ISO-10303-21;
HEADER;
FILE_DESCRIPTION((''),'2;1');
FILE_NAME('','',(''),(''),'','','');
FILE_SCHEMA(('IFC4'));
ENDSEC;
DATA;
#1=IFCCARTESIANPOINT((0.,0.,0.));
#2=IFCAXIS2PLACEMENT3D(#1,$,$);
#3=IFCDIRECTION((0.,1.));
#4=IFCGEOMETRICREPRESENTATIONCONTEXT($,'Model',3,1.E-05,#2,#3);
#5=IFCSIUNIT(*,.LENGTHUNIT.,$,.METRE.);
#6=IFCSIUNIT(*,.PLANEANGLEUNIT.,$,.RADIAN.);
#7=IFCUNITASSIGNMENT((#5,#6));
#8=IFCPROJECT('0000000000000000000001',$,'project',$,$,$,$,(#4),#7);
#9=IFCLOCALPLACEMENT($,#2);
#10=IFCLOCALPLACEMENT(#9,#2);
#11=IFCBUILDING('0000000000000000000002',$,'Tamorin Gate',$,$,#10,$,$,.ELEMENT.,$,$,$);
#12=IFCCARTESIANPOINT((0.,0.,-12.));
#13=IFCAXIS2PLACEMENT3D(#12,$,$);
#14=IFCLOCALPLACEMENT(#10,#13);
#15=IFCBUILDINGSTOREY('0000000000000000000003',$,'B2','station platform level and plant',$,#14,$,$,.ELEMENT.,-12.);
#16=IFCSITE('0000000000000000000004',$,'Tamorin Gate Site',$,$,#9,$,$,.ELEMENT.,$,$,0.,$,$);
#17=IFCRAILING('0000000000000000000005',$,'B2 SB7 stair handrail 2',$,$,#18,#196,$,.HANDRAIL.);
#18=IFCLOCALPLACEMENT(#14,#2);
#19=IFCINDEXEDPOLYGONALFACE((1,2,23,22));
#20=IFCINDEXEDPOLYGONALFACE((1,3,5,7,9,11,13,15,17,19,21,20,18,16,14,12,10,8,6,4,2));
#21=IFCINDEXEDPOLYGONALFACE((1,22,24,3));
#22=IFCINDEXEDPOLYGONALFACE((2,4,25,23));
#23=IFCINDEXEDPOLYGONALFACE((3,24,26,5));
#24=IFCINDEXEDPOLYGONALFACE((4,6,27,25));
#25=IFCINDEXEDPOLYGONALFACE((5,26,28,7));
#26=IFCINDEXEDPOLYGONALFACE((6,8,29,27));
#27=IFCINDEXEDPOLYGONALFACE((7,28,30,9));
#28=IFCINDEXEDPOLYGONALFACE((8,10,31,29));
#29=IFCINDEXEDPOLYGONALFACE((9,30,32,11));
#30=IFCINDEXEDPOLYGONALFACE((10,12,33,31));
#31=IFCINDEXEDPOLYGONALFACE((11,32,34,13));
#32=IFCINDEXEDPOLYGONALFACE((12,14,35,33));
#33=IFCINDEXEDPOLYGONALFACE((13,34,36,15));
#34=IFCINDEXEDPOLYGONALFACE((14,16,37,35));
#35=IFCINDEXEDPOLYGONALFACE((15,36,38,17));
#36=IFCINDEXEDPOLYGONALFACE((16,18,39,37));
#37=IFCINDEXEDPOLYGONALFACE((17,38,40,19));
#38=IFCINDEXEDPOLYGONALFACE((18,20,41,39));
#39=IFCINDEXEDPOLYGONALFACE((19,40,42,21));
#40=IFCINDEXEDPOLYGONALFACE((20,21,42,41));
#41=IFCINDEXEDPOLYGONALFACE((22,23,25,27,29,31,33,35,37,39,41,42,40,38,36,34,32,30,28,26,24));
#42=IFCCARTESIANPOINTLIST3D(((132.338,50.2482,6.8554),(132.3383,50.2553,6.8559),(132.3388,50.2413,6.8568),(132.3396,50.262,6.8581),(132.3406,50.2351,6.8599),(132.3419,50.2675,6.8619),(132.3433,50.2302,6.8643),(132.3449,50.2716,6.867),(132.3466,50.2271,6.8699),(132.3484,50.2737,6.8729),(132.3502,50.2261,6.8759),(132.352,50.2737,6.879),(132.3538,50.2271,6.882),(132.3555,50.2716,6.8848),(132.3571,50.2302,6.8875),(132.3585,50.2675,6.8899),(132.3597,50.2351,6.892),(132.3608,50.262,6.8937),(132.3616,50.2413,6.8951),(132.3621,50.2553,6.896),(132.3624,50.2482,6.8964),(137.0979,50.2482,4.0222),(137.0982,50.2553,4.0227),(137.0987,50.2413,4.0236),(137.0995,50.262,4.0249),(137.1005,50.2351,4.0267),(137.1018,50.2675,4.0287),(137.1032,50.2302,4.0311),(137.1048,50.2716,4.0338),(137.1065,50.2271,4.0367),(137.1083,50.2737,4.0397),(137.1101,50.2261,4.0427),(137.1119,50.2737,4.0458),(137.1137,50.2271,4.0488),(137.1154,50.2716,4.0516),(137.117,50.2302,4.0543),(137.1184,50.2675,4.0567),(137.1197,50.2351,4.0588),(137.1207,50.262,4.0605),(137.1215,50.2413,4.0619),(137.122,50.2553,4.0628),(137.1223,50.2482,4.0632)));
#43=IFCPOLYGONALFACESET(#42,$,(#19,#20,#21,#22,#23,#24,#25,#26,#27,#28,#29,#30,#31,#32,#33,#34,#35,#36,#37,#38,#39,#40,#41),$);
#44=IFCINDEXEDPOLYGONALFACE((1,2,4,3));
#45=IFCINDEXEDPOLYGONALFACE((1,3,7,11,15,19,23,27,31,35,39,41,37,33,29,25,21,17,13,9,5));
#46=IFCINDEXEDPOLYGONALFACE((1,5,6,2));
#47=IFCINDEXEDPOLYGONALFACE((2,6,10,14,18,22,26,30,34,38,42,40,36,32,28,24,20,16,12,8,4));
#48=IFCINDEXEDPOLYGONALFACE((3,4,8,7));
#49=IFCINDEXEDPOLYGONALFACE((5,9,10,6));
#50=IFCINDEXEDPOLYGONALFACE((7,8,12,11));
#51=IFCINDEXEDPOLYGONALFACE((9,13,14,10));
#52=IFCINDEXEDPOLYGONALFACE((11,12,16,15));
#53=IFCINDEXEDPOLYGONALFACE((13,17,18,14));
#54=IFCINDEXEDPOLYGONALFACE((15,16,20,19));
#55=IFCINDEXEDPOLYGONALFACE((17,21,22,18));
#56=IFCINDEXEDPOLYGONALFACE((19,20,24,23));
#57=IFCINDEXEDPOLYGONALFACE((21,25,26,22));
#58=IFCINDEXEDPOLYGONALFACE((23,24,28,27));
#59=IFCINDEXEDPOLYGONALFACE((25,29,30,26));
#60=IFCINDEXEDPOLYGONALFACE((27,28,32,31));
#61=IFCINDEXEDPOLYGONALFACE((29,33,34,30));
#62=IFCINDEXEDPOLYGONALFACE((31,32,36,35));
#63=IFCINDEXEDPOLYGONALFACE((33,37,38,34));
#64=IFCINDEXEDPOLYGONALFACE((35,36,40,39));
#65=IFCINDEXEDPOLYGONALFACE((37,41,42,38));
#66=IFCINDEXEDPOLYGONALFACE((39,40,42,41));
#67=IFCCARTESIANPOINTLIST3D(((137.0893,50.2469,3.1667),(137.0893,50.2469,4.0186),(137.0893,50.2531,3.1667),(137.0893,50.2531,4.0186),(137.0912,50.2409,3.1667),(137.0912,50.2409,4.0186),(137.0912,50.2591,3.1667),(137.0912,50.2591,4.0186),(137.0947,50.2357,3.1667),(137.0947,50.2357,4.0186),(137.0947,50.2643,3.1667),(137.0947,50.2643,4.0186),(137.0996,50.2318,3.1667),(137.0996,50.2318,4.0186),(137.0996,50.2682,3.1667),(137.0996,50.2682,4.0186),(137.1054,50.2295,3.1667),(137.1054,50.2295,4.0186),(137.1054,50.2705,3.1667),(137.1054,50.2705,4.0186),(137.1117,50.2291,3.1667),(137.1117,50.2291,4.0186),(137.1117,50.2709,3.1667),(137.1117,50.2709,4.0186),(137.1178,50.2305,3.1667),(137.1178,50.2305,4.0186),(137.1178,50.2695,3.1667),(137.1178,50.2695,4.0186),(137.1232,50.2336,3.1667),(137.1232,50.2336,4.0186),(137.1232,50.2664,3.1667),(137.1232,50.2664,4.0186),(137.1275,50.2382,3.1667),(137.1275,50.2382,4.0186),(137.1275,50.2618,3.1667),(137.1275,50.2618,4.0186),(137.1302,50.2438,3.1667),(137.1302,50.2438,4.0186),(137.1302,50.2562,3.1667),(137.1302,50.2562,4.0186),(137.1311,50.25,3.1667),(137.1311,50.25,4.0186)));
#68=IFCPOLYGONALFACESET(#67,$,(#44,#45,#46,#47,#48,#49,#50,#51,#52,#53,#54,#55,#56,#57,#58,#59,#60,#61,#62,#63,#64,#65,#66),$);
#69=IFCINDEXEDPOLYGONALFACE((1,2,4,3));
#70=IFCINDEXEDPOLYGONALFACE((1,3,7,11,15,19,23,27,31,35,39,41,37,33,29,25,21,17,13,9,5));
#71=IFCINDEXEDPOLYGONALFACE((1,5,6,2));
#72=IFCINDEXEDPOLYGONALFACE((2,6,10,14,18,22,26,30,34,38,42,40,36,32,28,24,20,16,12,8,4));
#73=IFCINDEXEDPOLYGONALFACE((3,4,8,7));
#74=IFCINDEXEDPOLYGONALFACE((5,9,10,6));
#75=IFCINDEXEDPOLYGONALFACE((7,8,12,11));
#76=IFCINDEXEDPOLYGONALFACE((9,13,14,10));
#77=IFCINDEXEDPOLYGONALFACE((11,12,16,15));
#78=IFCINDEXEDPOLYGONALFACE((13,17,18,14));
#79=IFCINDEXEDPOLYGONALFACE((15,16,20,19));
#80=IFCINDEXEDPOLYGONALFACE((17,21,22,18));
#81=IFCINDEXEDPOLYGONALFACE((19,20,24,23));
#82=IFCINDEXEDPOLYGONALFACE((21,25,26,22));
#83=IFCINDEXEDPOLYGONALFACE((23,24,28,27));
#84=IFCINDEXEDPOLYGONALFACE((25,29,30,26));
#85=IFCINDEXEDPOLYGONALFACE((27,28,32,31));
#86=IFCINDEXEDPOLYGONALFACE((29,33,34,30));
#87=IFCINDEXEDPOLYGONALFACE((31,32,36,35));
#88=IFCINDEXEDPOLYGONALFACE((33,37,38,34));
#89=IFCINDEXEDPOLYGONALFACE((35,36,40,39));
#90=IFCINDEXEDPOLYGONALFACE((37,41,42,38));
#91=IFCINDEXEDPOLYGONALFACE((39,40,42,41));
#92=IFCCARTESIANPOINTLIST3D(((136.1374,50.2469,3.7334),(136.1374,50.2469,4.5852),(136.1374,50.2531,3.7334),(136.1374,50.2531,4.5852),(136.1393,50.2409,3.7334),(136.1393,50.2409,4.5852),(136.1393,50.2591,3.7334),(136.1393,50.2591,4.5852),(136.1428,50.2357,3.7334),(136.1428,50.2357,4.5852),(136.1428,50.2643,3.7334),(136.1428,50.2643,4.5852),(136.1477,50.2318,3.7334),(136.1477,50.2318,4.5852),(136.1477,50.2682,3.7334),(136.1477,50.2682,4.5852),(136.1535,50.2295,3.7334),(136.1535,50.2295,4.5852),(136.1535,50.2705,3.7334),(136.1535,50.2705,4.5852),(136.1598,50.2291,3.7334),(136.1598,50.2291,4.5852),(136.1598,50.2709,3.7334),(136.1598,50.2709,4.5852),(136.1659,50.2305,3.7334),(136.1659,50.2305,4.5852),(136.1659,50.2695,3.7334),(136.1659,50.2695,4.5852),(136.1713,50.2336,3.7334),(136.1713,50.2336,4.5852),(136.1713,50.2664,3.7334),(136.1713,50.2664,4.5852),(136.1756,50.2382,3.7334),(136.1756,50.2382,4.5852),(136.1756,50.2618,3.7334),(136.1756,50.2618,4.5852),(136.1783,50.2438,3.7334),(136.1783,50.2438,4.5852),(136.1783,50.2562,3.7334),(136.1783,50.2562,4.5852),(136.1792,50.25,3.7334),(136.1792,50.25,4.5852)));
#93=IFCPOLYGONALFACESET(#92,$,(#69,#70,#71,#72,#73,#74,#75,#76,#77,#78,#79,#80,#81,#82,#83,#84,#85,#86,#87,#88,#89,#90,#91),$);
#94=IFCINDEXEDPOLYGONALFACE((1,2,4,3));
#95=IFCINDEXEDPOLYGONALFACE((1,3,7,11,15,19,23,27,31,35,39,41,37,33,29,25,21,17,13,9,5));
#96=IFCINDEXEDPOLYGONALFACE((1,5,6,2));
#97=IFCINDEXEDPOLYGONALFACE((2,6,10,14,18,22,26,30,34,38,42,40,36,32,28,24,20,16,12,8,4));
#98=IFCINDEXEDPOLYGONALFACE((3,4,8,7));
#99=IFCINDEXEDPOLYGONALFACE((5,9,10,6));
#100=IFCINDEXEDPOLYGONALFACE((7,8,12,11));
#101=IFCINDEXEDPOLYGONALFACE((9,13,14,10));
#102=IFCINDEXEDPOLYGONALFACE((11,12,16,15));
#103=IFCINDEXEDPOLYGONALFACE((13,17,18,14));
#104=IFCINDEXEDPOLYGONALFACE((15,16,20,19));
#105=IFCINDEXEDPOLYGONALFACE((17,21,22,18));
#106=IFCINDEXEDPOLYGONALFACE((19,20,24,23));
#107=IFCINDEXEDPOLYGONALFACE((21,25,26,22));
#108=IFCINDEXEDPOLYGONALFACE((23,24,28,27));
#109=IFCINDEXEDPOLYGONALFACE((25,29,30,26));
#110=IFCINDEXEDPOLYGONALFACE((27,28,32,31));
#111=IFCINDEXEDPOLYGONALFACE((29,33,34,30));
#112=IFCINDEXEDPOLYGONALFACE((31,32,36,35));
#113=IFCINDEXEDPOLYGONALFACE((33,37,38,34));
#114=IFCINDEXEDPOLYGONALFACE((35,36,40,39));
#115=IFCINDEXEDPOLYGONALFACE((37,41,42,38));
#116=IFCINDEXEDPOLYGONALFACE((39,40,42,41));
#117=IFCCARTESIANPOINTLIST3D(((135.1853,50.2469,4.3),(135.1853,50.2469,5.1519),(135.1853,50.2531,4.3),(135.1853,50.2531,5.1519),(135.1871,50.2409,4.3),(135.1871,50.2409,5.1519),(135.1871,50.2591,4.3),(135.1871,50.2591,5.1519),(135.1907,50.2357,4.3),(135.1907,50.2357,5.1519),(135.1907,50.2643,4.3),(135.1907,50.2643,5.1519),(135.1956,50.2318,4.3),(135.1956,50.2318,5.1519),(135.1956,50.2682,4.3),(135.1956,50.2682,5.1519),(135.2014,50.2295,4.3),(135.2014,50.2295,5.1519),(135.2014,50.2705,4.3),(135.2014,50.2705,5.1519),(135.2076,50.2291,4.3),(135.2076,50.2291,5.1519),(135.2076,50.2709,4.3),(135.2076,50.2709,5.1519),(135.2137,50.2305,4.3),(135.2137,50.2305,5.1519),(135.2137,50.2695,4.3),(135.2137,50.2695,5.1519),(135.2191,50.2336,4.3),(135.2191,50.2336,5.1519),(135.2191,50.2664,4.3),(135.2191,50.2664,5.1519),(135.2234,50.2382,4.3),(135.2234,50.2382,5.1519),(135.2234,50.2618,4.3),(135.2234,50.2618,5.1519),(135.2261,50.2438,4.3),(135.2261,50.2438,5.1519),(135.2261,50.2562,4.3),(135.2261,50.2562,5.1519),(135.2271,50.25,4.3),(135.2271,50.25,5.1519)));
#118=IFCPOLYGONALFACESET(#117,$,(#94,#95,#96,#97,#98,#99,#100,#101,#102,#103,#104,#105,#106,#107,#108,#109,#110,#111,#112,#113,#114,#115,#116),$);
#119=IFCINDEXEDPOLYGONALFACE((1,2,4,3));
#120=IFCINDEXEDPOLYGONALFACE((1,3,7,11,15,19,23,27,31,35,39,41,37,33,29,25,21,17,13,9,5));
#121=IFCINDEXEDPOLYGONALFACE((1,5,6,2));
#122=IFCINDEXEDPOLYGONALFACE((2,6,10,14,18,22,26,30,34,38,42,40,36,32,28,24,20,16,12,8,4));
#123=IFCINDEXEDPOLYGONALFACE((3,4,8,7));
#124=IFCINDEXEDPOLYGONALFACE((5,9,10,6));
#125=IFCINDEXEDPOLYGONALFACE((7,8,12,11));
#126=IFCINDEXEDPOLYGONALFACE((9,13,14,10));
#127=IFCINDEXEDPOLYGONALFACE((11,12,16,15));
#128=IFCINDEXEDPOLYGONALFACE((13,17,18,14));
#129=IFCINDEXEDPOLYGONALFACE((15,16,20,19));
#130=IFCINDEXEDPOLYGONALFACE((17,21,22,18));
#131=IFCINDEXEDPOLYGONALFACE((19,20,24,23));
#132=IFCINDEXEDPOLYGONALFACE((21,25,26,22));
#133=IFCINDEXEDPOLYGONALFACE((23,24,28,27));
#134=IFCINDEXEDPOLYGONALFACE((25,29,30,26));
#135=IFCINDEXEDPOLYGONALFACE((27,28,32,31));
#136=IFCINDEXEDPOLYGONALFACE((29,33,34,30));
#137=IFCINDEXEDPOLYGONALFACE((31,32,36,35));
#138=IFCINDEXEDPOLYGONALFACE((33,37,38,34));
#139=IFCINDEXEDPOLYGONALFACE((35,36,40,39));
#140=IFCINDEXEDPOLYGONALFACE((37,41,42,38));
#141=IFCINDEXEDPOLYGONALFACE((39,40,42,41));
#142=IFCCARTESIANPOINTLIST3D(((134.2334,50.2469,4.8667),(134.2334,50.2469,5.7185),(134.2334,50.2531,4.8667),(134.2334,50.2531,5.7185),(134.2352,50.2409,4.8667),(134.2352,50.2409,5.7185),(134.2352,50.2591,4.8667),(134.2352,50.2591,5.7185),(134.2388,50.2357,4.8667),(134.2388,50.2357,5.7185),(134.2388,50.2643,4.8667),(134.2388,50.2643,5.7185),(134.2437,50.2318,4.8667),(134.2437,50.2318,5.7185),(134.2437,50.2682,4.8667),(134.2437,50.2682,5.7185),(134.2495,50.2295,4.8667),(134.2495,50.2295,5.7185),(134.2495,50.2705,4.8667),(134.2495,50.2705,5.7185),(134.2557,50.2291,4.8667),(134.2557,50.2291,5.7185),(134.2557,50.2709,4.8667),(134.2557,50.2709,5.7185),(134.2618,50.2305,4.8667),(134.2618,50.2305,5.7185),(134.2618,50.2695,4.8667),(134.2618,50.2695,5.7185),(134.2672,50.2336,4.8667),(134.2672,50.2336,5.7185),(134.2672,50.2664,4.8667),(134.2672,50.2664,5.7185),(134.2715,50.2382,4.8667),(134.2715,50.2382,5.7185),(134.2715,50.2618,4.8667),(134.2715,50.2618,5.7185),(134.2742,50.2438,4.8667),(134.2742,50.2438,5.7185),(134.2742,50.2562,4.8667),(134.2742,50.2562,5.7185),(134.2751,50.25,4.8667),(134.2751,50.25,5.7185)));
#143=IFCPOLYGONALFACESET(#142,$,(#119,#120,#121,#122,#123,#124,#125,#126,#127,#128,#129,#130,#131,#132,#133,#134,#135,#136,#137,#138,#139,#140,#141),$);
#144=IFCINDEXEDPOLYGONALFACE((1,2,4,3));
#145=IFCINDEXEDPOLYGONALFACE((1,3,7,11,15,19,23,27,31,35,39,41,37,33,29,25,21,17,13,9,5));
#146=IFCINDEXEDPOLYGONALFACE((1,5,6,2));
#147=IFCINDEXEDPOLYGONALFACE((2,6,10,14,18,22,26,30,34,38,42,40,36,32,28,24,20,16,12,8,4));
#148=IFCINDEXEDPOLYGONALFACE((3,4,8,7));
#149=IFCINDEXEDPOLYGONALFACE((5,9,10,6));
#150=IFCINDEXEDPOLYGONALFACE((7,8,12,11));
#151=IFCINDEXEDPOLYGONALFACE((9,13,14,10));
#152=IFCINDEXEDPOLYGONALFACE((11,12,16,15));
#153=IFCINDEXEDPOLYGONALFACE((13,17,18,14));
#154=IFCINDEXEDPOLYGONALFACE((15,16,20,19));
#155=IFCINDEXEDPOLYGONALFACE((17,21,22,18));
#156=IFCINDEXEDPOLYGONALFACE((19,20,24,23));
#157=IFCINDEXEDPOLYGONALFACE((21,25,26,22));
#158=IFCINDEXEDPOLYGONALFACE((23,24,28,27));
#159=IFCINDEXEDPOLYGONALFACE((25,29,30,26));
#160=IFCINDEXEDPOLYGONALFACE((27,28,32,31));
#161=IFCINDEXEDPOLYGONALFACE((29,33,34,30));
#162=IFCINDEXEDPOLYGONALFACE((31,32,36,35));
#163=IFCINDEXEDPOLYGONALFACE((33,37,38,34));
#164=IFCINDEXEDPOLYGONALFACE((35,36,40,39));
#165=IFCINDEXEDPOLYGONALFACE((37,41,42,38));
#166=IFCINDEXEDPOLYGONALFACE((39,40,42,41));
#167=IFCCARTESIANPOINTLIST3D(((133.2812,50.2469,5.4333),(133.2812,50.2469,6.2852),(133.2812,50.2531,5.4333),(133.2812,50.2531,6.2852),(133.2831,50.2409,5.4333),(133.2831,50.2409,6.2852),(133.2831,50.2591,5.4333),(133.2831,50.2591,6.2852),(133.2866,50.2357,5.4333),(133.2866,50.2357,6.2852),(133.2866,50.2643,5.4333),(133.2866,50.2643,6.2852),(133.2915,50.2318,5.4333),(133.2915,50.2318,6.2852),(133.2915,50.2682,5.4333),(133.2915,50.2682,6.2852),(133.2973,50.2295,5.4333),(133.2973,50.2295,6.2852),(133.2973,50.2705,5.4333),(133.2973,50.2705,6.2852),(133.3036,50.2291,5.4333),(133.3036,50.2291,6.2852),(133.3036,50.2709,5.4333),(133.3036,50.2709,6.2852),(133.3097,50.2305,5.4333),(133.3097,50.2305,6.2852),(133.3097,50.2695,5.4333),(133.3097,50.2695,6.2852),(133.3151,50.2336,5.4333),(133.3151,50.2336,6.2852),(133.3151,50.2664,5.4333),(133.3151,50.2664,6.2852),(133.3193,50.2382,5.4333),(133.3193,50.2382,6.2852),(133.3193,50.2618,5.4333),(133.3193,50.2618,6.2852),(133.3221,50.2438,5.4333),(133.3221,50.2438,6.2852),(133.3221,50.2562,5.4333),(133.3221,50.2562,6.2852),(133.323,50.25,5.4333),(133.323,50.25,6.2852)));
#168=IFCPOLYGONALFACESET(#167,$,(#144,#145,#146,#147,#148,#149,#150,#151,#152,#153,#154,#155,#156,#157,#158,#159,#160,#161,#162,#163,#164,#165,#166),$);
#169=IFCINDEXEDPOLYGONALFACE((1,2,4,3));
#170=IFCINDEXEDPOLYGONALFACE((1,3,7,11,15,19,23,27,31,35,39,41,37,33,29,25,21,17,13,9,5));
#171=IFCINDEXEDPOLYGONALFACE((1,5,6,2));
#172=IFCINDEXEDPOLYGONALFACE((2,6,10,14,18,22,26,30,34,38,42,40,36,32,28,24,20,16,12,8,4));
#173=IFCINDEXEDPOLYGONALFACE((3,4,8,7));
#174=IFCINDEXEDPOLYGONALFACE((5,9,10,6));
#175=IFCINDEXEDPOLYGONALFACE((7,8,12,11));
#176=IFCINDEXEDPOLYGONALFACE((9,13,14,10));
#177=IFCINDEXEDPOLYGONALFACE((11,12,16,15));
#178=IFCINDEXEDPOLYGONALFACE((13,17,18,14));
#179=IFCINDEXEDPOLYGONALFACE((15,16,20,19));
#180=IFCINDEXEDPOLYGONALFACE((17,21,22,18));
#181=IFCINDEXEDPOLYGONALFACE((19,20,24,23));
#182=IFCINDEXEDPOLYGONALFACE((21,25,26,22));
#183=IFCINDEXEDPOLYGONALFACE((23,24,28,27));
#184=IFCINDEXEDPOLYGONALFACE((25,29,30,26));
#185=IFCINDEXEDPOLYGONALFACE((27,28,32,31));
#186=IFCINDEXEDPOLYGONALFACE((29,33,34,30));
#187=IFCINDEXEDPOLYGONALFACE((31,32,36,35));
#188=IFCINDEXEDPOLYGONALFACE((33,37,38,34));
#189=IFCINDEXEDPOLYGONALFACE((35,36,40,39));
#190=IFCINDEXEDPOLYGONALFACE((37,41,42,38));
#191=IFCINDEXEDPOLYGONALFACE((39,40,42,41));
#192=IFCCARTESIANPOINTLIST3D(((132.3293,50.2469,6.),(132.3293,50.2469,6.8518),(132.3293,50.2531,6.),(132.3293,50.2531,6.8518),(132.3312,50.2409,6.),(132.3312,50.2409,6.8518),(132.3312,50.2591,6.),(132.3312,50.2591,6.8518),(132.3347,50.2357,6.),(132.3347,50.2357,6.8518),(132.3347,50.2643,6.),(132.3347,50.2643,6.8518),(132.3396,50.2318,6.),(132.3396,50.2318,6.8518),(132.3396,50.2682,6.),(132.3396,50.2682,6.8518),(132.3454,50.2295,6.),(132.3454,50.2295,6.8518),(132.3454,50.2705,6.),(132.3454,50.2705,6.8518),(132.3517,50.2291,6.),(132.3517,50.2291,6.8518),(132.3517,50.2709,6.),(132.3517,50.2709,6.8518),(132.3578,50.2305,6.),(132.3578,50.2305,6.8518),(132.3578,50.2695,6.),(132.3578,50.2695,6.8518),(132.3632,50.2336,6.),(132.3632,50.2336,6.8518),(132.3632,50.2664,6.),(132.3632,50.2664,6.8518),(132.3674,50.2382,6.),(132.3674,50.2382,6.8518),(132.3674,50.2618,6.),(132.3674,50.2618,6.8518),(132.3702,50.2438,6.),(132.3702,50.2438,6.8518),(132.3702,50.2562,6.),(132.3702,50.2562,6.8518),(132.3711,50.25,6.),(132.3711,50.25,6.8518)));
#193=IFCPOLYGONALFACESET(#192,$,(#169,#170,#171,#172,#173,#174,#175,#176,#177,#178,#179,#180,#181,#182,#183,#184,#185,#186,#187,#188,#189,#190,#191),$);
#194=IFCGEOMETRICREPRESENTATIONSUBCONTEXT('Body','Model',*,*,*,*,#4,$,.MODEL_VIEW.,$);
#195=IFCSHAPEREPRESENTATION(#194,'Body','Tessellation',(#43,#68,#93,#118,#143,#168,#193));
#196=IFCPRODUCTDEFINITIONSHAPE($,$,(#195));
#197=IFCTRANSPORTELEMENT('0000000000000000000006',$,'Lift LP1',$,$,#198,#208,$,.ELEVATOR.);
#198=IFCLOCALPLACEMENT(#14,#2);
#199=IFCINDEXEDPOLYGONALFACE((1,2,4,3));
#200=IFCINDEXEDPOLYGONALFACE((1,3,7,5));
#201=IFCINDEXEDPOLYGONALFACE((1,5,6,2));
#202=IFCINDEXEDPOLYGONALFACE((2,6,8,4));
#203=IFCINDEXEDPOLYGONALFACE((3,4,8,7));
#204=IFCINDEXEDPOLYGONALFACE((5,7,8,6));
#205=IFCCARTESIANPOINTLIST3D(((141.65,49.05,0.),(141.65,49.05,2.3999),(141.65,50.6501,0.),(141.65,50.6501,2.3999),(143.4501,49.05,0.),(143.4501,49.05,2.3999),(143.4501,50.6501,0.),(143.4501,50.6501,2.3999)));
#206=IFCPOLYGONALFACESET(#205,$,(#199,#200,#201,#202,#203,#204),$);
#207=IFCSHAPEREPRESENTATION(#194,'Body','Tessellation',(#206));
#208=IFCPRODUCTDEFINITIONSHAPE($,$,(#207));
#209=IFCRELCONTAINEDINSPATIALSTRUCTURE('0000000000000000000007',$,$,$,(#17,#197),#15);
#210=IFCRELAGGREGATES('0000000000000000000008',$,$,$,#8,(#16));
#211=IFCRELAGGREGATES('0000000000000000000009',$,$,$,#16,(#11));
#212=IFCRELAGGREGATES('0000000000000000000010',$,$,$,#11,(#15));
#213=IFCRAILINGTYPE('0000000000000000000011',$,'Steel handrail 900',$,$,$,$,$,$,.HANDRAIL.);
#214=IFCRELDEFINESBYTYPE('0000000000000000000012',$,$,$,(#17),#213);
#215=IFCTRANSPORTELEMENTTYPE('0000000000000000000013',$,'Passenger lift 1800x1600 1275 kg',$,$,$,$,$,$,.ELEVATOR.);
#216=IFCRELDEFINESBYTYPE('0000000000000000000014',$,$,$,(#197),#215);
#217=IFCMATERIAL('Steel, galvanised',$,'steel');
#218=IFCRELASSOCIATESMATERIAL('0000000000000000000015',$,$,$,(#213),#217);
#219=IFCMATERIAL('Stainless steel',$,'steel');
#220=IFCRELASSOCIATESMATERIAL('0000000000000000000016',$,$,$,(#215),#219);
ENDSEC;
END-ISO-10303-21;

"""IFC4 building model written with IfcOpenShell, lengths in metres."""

from ifc_helpers import new_model, si_unit, direction, frame, origin, origin_2d, place, context, subcontext, project, spatial, rectangle, circle, extrude, material, type_object, element, save


model = new_model("IFC4")

# Units and contexts
model_context = context("Model", 3, precision=1e-05, world=origin(), true_north=direction((0.0, 1.0)))
body_context = subcontext(model_context, "Body", "Model", "MODEL_VIEW")
ifc_project = project(units=[si_unit("LENGTHUNIT", "METRE"), si_unit("PLANEANGLEUNIT", "RADIAN")], contexts=[model_context])

# Site, building, storey
site_placement = place(None, origin())
site = spatial("IfcSite", under=ifc_project, at=site_placement, Name="Tamorin Gate Site", CompositionType="ELEMENT", RefElevation=0.0)
building_placement = place(site_placement, origin())
building = spatial("IfcBuilding", under=site, at=building_placement, Name="Tamorin Gate", CompositionType="ELEMENT")
storey_placement = place(building_placement, frame((0.0, 0.0, -12.0)))
storey = spatial("IfcBuildingStorey", under=building, at=storey_placement, Name="B2", Description="station platform level and plant", CompositionType="ELEMENT", Elevation=-12.0)

# Railing
ifc_material_1 = material(Name="Steel, galvanised", Category="steel")
railing_type_1 = type_object("IfcRailingType", Name="Steel handrail 900", PredefinedType="HANDRAIL", material=ifc_material_1)
railing_1_placement = place(storey_placement, frame((137.1101, 50.25, 3.1667)))
element("IfcRailing", 1, at=railing_1_placement, inside=storey, type_object=railing_type_1, Name="B2 SB7 stair handrail 2", PredefinedType="HANDRAIL", context=body_context, shape_type="SweptSolid", body=[
    extrude(circle(Radius=0.0239, at=origin_2d()), frame((0.0, 0.0, 0.876), z_axis=(-0.8593, 0.0, 0.511472), x_axis=(0.0, -1.0, 0.0)), (0.0, 0.0, 1.0), 5.5393),
    extrude(circle(Radius=0.021, at=origin_2d()), origin(), (0.0, 0.0, 1.0), 0.8518),
    extrude(circle(Radius=0.021, at=origin_2d()), frame((-0.9519, 0.0, 0.5667)), (0.0, 0.0, 1.0), 0.8518),
    extrude(circle(Radius=0.021, at=origin_2d()), frame((-1.9041, 0.0, 1.1333)), (0.0, 0.0, 1.0), 0.8518),
    extrude(circle(Radius=0.021, at=origin_2d()), frame((-2.856, 0.0, 1.7)), (0.0, 0.0, 1.0), 0.8518),
    extrude(circle(Radius=0.021, at=origin_2d()), frame((-3.8081, 0.0, 2.2666)), (0.0, 0.0, 1.0), 0.8518),
    extrude(circle(Radius=0.021, at=origin_2d()), frame((-4.76, 0.0, 2.8333)), (0.0, 0.0, 1.0), 0.8518),
])

# Transport element
ifc_material_2 = material(Name="Stainless steel", Category="steel")
transport_element_type = type_object("IfcTransportElementType", Name="Passenger lift 1800x1600 1275 kg", PredefinedType="ELEVATOR", material=ifc_material_2)
transport_element_placement = place(storey_placement, frame((142.55, 49.8501, 0.0), z_axis=(0.0, 0.0, 1.0), x_axis=(1.0, 0.0, 0.0)))
element("IfcTransportElement", 2, at=transport_element_placement, inside=storey, type_object=transport_element_type, Name="Lift LP1", PredefinedType="ELEVATOR", context=body_context, shape_type="SweptSolid", body=[
    extrude(rectangle(XDim=1.8, YDim=1.6001, at=origin_2d()), origin(), (0.0, 0.0, 1.0), 2.3999),
])

save(model, "model.ifc")
